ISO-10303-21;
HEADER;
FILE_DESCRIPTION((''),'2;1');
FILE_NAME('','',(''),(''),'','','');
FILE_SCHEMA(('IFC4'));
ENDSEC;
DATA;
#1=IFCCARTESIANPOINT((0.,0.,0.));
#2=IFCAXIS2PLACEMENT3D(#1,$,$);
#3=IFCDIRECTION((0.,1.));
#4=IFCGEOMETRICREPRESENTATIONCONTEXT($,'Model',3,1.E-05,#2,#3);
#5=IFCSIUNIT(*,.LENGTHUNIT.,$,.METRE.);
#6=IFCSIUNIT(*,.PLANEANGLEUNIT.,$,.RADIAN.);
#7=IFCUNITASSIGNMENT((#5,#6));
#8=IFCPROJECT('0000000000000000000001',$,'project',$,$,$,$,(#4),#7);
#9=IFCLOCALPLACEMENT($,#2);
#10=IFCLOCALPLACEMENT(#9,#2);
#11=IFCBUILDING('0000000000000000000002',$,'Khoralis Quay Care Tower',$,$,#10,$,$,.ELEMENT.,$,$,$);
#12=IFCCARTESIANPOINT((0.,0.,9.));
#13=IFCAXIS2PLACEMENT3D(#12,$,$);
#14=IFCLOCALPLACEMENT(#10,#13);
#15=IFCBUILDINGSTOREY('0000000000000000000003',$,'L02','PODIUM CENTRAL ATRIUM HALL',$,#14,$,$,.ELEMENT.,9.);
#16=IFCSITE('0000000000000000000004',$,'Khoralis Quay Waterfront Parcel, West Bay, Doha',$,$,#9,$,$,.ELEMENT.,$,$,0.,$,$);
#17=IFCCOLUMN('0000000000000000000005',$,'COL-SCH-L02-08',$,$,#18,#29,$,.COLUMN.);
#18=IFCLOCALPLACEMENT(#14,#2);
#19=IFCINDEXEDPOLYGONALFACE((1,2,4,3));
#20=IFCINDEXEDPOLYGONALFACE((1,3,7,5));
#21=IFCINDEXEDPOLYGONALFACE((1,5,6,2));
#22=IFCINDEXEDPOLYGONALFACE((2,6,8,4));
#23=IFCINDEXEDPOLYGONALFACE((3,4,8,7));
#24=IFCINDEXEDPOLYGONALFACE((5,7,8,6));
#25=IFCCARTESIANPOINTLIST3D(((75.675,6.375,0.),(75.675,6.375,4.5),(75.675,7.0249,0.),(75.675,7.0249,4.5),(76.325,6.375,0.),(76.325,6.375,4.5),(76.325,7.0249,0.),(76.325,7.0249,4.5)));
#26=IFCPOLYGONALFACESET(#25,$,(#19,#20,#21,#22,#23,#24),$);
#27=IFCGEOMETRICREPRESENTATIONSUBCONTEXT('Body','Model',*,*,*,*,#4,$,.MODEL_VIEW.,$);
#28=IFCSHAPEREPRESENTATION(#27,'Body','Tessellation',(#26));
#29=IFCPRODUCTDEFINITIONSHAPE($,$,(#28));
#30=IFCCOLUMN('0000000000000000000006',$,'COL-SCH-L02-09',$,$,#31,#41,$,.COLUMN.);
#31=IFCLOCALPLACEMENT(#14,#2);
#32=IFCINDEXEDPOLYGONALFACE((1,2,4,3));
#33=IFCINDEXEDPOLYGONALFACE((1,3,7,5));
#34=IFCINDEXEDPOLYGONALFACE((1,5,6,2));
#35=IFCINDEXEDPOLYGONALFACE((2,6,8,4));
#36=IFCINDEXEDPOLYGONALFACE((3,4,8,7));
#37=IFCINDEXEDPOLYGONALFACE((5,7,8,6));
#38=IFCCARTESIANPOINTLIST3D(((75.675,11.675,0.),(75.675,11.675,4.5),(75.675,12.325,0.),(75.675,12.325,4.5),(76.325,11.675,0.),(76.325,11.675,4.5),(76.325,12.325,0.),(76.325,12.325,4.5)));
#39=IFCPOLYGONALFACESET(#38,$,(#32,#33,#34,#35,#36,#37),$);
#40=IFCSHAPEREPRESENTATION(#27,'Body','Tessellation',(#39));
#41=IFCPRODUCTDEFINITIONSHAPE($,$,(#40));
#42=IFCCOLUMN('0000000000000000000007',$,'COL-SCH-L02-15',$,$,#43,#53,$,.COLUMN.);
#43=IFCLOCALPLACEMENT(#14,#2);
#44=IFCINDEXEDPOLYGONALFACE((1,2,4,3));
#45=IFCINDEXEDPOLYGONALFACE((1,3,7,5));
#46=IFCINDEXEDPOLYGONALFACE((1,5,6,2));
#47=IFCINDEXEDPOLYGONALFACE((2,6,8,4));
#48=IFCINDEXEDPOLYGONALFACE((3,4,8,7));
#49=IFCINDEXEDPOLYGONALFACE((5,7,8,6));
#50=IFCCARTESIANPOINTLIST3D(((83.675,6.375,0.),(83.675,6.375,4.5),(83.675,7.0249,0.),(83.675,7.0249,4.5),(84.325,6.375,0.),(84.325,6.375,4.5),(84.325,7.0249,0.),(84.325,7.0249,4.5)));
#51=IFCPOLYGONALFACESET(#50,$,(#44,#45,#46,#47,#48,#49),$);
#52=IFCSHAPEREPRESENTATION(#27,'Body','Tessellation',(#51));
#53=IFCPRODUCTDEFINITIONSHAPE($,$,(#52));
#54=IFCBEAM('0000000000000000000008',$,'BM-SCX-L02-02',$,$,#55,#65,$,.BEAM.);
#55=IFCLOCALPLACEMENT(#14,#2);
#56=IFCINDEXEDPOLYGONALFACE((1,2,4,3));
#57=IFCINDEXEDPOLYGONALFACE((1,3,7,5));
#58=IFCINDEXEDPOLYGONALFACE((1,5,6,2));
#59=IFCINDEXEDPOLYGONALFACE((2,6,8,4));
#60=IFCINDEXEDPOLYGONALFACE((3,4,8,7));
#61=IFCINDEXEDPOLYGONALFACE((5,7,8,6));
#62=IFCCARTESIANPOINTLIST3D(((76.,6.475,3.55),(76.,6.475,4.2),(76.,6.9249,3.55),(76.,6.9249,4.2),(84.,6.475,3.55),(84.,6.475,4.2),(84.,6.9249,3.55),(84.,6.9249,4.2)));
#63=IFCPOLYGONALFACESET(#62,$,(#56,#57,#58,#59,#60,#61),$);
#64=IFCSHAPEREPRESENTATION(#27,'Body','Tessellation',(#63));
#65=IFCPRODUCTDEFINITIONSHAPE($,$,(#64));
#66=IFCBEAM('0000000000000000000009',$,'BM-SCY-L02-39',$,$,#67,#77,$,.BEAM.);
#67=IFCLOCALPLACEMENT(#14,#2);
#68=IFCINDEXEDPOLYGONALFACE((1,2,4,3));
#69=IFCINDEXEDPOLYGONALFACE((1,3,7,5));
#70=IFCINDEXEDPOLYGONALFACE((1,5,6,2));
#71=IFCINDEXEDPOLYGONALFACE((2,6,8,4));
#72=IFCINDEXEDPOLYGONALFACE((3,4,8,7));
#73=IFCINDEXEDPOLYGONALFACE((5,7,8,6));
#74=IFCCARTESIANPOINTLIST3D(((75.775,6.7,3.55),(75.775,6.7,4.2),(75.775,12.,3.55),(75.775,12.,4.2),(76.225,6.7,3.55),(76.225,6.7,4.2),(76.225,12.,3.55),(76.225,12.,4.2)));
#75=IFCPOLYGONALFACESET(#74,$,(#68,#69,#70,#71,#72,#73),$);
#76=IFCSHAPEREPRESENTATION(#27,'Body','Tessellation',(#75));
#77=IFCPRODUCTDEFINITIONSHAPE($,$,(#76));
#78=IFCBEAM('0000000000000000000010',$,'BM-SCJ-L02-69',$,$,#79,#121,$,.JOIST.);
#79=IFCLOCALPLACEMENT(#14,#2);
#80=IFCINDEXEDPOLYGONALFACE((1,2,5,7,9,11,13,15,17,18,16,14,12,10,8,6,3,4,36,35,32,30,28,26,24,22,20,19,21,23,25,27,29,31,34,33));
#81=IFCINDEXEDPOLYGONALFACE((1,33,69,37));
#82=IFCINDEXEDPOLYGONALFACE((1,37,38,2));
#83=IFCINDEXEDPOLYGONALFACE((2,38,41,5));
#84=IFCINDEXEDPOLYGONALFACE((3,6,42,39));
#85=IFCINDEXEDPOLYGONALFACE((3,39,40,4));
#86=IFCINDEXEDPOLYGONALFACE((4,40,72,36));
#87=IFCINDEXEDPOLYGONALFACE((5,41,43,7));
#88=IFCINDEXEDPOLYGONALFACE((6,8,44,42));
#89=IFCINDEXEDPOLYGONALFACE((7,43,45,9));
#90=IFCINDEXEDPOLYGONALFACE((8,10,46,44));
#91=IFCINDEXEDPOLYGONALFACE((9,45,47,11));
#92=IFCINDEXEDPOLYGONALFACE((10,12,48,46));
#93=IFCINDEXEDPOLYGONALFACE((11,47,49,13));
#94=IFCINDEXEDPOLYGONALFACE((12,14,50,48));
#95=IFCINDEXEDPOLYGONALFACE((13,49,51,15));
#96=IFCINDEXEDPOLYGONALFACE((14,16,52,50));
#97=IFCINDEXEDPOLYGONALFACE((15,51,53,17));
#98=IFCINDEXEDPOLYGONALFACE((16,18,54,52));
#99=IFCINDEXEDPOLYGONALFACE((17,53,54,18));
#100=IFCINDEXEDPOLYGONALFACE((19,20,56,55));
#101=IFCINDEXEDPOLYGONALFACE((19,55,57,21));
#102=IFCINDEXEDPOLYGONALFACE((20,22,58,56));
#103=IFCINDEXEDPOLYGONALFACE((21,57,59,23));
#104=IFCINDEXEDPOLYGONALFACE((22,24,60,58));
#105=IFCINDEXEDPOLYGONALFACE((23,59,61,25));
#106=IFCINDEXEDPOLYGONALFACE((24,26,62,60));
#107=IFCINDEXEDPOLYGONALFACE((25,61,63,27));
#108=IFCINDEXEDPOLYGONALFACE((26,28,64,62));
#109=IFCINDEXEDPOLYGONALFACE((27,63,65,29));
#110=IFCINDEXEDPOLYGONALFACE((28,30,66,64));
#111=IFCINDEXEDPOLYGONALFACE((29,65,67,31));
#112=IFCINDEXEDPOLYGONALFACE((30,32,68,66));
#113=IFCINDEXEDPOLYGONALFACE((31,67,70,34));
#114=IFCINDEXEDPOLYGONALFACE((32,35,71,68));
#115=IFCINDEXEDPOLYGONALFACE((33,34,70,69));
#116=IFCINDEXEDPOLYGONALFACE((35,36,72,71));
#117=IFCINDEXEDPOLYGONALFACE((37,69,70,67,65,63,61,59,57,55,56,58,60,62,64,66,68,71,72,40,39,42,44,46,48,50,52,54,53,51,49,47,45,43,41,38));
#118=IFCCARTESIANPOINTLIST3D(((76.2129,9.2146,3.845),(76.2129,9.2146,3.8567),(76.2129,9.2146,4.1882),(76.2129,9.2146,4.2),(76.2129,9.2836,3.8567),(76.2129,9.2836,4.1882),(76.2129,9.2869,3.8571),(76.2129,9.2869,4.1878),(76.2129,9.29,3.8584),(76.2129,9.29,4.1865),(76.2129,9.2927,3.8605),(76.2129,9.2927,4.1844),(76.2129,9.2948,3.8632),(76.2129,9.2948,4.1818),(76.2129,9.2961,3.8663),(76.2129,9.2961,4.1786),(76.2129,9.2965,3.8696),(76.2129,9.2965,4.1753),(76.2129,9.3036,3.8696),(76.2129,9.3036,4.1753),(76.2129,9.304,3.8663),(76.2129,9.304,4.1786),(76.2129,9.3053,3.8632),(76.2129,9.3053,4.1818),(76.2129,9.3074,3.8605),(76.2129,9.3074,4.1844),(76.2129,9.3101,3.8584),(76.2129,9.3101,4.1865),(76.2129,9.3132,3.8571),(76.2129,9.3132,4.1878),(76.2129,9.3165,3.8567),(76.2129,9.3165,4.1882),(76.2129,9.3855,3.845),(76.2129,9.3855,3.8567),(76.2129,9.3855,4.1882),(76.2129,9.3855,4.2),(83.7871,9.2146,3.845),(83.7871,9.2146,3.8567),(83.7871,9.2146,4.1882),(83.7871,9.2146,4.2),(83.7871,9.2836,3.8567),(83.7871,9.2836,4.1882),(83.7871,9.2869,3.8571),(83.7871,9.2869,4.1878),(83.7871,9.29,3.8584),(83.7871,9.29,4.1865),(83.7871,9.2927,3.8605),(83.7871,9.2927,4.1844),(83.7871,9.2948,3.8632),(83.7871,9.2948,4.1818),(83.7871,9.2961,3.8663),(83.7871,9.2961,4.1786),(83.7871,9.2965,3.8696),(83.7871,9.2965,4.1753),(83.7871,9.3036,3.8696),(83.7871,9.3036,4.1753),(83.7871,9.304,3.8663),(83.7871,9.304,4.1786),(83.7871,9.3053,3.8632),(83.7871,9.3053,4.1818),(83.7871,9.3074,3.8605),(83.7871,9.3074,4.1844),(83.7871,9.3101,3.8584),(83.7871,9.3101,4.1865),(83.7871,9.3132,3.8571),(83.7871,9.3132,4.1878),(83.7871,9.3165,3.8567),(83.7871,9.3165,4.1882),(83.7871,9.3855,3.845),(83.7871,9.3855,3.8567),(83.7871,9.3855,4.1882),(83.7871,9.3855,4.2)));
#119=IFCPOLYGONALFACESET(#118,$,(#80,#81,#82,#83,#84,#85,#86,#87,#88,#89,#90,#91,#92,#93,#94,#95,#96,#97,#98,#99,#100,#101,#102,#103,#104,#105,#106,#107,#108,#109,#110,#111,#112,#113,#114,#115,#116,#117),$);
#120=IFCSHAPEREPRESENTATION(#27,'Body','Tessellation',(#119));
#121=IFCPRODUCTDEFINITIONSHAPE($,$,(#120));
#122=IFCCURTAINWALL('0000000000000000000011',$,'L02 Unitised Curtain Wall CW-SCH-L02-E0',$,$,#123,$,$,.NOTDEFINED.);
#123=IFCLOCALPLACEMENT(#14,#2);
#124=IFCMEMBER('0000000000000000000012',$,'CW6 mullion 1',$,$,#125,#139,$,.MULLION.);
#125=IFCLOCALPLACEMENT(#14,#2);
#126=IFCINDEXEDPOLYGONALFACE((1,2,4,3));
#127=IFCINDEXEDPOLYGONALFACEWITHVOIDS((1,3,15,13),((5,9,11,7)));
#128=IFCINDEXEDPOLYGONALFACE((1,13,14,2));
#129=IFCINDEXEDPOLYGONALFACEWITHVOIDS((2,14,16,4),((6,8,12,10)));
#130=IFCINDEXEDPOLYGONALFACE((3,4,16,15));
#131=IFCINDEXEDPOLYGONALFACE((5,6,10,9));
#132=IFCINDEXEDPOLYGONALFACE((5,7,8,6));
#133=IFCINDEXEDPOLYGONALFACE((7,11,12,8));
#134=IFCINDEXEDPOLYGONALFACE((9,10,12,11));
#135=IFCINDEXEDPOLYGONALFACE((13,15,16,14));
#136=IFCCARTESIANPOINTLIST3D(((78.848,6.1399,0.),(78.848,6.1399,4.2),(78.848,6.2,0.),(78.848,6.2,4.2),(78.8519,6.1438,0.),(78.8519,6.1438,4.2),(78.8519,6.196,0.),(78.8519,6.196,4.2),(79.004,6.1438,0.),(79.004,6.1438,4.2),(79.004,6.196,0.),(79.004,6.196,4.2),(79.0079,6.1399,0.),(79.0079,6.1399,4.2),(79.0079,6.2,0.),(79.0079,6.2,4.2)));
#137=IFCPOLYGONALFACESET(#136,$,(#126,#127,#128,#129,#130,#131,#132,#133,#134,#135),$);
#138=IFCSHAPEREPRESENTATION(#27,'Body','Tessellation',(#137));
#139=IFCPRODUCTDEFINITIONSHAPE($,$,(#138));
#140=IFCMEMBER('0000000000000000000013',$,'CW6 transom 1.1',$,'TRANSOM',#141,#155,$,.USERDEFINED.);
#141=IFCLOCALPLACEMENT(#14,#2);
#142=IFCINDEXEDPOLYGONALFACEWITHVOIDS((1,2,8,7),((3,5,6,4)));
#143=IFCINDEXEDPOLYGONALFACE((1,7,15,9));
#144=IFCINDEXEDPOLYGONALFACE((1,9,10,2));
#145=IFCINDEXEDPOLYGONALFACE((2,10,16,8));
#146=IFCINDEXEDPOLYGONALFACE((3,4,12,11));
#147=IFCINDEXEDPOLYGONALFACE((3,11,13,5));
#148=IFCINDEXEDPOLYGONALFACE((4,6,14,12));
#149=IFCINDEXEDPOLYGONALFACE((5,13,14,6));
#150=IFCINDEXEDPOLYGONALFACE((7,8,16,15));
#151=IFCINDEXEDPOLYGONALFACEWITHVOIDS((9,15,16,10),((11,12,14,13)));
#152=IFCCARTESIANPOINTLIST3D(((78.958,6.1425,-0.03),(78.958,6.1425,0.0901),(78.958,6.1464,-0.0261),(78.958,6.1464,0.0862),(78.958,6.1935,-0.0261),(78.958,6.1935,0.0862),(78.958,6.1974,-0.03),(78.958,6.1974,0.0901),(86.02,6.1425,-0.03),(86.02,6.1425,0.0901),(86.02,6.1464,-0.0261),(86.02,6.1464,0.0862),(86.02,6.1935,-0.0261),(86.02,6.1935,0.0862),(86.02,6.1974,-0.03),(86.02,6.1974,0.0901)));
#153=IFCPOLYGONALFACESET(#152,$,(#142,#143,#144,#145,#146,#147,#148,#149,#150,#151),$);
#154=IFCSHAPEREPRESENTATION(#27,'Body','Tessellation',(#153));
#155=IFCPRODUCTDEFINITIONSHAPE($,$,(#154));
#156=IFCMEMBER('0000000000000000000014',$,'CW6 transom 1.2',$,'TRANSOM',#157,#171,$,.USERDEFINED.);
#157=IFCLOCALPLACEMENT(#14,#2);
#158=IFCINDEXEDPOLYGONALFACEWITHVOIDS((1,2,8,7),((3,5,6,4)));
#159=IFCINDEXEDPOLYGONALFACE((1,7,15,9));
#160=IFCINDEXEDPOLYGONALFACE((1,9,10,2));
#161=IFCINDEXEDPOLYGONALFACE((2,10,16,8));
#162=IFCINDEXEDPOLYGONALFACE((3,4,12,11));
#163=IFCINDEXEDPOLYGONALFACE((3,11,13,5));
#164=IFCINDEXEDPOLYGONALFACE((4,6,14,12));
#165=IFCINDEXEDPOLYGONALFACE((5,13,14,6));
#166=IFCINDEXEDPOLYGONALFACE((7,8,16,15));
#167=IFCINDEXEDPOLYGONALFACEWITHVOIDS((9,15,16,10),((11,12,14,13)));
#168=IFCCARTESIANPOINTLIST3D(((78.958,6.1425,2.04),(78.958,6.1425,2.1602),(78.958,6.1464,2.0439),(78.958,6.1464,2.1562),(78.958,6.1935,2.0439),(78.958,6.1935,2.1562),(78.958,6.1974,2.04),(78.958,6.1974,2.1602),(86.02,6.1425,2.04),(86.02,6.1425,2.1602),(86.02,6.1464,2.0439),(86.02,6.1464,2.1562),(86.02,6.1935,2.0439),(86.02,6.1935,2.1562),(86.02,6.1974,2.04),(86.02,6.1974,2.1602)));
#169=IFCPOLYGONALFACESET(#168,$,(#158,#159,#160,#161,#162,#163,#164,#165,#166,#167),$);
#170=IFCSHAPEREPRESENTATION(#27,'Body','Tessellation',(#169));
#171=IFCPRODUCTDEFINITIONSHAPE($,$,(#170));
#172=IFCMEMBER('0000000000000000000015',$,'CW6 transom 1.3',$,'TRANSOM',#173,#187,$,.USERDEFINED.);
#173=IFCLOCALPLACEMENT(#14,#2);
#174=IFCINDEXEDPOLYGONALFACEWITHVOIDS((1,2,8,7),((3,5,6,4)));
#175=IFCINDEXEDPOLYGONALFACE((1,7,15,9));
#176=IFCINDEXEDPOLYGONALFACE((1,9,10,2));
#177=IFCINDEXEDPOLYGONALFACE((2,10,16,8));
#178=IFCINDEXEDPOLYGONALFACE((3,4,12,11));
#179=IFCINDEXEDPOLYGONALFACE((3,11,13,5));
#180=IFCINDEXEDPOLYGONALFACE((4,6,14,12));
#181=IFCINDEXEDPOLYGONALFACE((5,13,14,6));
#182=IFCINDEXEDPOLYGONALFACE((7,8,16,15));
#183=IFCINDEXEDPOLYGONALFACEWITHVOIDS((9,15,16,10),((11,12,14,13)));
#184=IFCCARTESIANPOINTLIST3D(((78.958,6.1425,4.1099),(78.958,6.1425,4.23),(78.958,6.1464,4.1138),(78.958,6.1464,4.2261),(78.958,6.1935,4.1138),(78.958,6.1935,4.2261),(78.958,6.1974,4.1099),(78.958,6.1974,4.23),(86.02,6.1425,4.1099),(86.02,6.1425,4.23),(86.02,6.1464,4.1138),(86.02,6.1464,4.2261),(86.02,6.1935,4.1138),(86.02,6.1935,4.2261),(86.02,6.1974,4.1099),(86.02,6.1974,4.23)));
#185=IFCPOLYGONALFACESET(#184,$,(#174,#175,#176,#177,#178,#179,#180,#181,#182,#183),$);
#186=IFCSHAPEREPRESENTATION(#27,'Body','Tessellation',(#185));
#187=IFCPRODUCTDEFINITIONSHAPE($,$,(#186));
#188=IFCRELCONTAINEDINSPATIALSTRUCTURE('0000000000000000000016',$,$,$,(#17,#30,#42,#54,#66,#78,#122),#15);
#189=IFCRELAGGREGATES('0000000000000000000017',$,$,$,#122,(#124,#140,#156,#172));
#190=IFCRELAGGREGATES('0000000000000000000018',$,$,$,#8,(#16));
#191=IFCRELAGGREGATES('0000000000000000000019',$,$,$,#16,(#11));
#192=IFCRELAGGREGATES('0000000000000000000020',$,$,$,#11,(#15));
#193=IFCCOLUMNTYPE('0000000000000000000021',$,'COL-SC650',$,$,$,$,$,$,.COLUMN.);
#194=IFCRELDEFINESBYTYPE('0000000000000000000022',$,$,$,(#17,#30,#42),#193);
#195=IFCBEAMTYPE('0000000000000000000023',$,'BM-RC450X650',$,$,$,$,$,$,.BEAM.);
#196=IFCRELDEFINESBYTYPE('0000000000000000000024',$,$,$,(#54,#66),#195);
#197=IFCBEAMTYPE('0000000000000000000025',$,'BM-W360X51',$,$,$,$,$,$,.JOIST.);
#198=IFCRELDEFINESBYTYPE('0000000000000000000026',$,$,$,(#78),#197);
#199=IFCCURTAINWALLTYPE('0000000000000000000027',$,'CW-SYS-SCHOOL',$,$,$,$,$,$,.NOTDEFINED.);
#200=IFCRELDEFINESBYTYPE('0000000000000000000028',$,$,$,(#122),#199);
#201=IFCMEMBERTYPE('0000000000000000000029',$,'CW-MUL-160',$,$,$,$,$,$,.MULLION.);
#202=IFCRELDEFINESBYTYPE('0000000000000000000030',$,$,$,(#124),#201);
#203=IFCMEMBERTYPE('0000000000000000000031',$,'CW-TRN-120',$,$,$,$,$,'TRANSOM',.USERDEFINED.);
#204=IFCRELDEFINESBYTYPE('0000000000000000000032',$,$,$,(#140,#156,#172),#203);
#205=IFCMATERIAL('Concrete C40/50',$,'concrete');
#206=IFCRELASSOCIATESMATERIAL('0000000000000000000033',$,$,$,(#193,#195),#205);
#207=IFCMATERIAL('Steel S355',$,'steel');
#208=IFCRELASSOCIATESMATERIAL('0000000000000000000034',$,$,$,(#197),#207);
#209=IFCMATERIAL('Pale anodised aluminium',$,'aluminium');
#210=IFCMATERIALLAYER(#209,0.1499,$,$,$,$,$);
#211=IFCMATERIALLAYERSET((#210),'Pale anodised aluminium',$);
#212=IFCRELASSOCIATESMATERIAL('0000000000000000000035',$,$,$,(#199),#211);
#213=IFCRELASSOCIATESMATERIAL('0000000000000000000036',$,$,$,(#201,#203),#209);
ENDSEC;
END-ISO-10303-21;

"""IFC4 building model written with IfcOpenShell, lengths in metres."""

from ifc_helpers import new_model, si_unit, direction, frame, origin, origin_2d, place, context, subcontext, project, spatial, rectangle, hollow_rectangle, i_section, extrude, source, transform, mapped, material, layer, layer_set, material_profile, profile_set, type_object, element, aggregate, save


model = new_model("IFC4")

# Units and contexts
model_context = context("Model", 3, precision=1e-05, world=origin(), true_north=direction((0.0, 1.0)))
body_context = subcontext(model_context, "Body", "Model", "MODEL_VIEW")
ifc_project = project(units=[si_unit("LENGTHUNIT", "METRE"), si_unit("PLANEANGLEUNIT", "RADIAN")], contexts=[model_context])

# Site, building, storey
site_placement = place(None, origin())
site = spatial("IfcSite", under=ifc_project, at=site_placement, Name="Khoralis Quay Waterfront Parcel, West Bay, Doha", CompositionType="ELEMENT", RefElevation=0.0)
building_placement = place(site_placement, origin())
building = spatial("IfcBuilding", under=site, at=building_placement, Name="Khoralis Quay Care Tower", CompositionType="ELEMENT")
storey_placement = place(building_placement, frame((0.0, 0.0, 9.0)))
storey = spatial("IfcBuildingStorey", under=building, at=storey_placement, Name="L02", Description="PODIUM CENTRAL ATRIUM HALL", CompositionType="ELEMENT", Elevation=9.0)

# Columns
ifc_material_1 = material(Name="Concrete C40/50", Category="concrete")
ifc_material_profile_1 = material_profile(ifc_material_1, rectangle(XDim=0.6499, YDim=0.6499, at=origin_2d()), Name="Concrete C40/50")
ifc_profile_set_1 = profile_set([ifc_material_profile_1], Name="Concrete C40/50")
column_type = type_object("IfcColumnType", Name="COL-SC650", PredefinedType="COLUMN", material=ifc_profile_set_1)
shared_shape_1 = source(origin(), body_context, "Body", "SweptSolid", [
    extrude(rectangle(XDim=0.6499, YDim=0.6499, at=origin_2d()), origin(), (0.0, 0.0, 1.0), 4.5),
])
for number, where, z_axis, x_axis, name in (
    (1, (76.0, 6.7, 0.0), (0.0, 0.0, 1.0), (1.0, 0.0, 0.0), "COL-SCH-L02-08"),
    (2, (76.0, 12.0, 0.0), (0.0, 0.0, 1.0), (1.0, 0.0, 0.0), "COL-SCH-L02-09"),
    (3, (84.0, 6.7, 0.0), (0.0, 0.0, 1.0), (1.0, 0.0, 0.0), "COL-SCH-L02-15"),
):
    element("IfcColumn", number, at=place(storey_placement, frame(where, z_axis=z_axis, x_axis=x_axis)), inside=storey, type_object=column_type, Name=name, PredefinedType="COLUMN", context=body_context, shape_type="MappedRepresentation", body=[
        mapped(shared_shape_1, transform((0.0, 0.0, 0.0), scale=1.0)),
    ])

# Beams
ifc_material_profile_2 = material_profile(ifc_material_1, rectangle(XDim=0.45, YDim=0.6499, at=origin_2d()), Name="Concrete C40/50")
ifc_profile_set_2 = profile_set([ifc_material_profile_2], Name="Concrete C40/50")
beam_type_1 = type_object("IfcBeamType", Name="BM-RC450X650", PredefinedType="BEAM", material=ifc_profile_set_2)
shared_shape_2 = source(origin(), body_context, "Body", "SweptSolid", [
    extrude(rectangle(XDim=0.45, YDim=0.6499, at=origin_2d()), origin(), (0.0, 0.0, 1.0), 8.0),
])
beam_1_placement = place(storey_placement, frame((76.0, 6.7, 3.875), z_axis=(1.0, 0.0, 0.0), x_axis=(0.0, 1.0, 0.0)))
element("IfcBeam", 4, at=beam_1_placement, inside=storey, type_object=beam_type_1, Name="BM-SCX-L02-02", PredefinedType="BEAM", context=body_context, shape_type="MappedRepresentation", body=[
    mapped(shared_shape_2, transform((0.0, 0.0, 0.0), scale=1.0)),
])
shared_shape_3 = source(origin(), body_context, "Body", "SweptSolid", [
    extrude(rectangle(XDim=0.45, YDim=0.6499, at=origin_2d()), origin(), (0.0, 0.0, 1.0), 5.3),
])
beam_2_placement = place(storey_placement, frame((76.0, 6.7, 3.875), z_axis=(0.0, 1.0, 0.0), x_axis=(-1.0, 0.0, 0.0)))
element("IfcBeam", 5, at=beam_2_placement, inside=storey, type_object=beam_type_1, Name="BM-SCY-L02-39", PredefinedType="BEAM", context=body_context, shape_type="MappedRepresentation", body=[
    mapped(shared_shape_3, transform((0.0, 0.0, 0.0), scale=1.0)),
])
ifc_material_2 = material(Name="Steel S355", Category="steel")
ifc_material_profile_3 = material_profile(ifc_material_2, i_section(OverallWidth=0.1709, OverallDepth=0.355, WebThickness=0.0071, FlangeThickness=0.0117, FilletRadius=0.0129, at=origin_2d()), Name="Steel S355")
ifc_profile_set_3 = profile_set([ifc_material_profile_3], Name="Steel S355")
beam_type_2 = type_object("IfcBeamType", Name="BM-W360X51", PredefinedType="JOIST", material=ifc_profile_set_3)
shared_shape_4 = source(origin(), body_context, "Body", "SweptSolid", [
    extrude(i_section(OverallWidth=0.1709, OverallDepth=0.355, WebThickness=0.0071, FlangeThickness=0.0117, FilletRadius=0.0129, at=origin_2d()), origin(), (0.0, 0.0, 1.0), 7.5742),
])
beam_3_placement = place(storey_placement, frame((76.2129, 9.3, 4.0225), z_axis=(1.0, 0.0, 0.0), x_axis=(0.0, 1.0, 0.0)))
element("IfcBeam", 6, at=beam_3_placement, inside=storey, type_object=beam_type_2, Name="BM-SCJ-L02-69", PredefinedType="JOIST", context=body_context, shape_type="MappedRepresentation", body=[
    mapped(shared_shape_4, transform((0.0, 0.0, 0.0), scale=1.0)),
])

# Curtain wall, members
ifc_material_3 = material(Name="Pale anodised aluminium", Category="aluminium")
ifc_layer_1 = layer(ifc_material_3, 0.1499)
ifc_layer_set_1 = layer_set([ifc_layer_1], Name="Pale anodised aluminium")
curtain_wall_type = type_object("IfcCurtainWallType", Name="CW-SYS-SCHOOL", PredefinedType="NOTDEFINED", material=ifc_layer_set_1)
curtain_wall_placement = place(storey_placement, origin())
curtain_wall = element("IfcCurtainWall", 7, at=curtain_wall_placement, inside=storey, type_object=curtain_wall_type, Name="L02 Unitised Curtain Wall CW-SCH-L02-E0", PredefinedType="NOTDEFINED")
ifc_material_profile_4 = material_profile(ifc_material_3, hollow_rectangle(XDim=0.0601, YDim=0.1599, WallThickness=0.0039, at=origin_2d()), Name="Pale anodised aluminium")
ifc_profile_set_4 = profile_set([ifc_material_profile_4], Name="Pale anodised aluminium")
member_type_1 = type_object("IfcMemberType", Name="CW-MUL-160", PredefinedType="MULLION", material=ifc_profile_set_4)
shared_shape_5 = source(origin(), body_context, "Body", "SweptSolid", [
    extrude(hollow_rectangle(XDim=0.0601, YDim=0.1599, WallThickness=0.0039, at=origin_2d()), origin(), (0.0, 0.0, 1.0), 4.2),
])
member_1_placement = place(storey_placement, frame((78.928, 6.1699, 0.0), z_axis=(0.0, 0.0, 1.0), x_axis=(0.0, 1.0, 0.0)))
member_1 = element("IfcMember", 8, at=member_1_placement, type_object=member_type_1, Name="CW6 mullion 1", PredefinedType="MULLION", context=body_context, shape_type="MappedRepresentation", body=[
    mapped(shared_shape_5, transform((0.0, 0.0, 0.0), scale=1.0)),
])
ifc_material_profile_5 = material_profile(ifc_material_3, hollow_rectangle(XDim=0.0549, YDim=0.1201, WallThickness=0.0039, at=origin_2d()), Name="Pale anodised aluminium")
ifc_profile_set_5 = profile_set([ifc_material_profile_5], Name="Pale anodised aluminium")
member_type_2 = type_object("IfcMemberType", Name="CW-TRN-120", ElementType="TRANSOM", PredefinedType="USERDEFINED", material=ifc_profile_set_5)
shared_shape_6 = source(origin(), body_context, "Body", "SweptSolid", [
    extrude(hollow_rectangle(XDim=0.0549, YDim=0.1201, WallThickness=0.0039, at=origin_2d()), origin(), (0.0, 0.0, 1.0), 7.062),
])
member_2_placement = place(storey_placement, frame((78.958, 6.1699, 0.03), z_axis=(1.0, 0.0, 0.0), x_axis=(0.0, 1.0, 0.0)))
member_2 = element("IfcMember", 9, at=member_2_placement, type_object=member_type_2, Name="CW6 transom 1.1", ObjectType="TRANSOM", PredefinedType="USERDEFINED", context=body_context, shape_type="MappedRepresentation", body=[
    mapped(shared_shape_6, transform((0.0, 0.0, 0.0), scale=1.0)),
])
member_3_placement = place(storey_placement, frame((78.958, 6.1699, 2.1001), z_axis=(1.0, 0.0, 0.0), x_axis=(0.0, 1.0, 0.0)))
member_3 = element("IfcMember", 10, at=member_3_placement, type_object=member_type_2, Name="CW6 transom 1.2", ObjectType="TRANSOM", PredefinedType="USERDEFINED", context=body_context, shape_type="MappedRepresentation", body=[
    mapped(shared_shape_6, transform((0.0, 0.0, 0.0), scale=1.0)),
])
member_4_placement = place(storey_placement, frame((78.958, 6.1699, 4.1699), z_axis=(1.0, 0.0, 0.0), x_axis=(0.0, 1.0, 0.0)))
member_4 = element("IfcMember", 11, at=member_4_placement, type_object=member_type_2, Name="CW6 transom 1.3", ObjectType="TRANSOM", PredefinedType="USERDEFINED", context=body_context, shape_type="MappedRepresentation", body=[
    mapped(shared_shape_6, transform((0.0, 0.0, 0.0), scale=1.0)),
])
aggregate(curtain_wall, [member_1, member_2, member_3, member_4])

save(model, "model.ifc")
